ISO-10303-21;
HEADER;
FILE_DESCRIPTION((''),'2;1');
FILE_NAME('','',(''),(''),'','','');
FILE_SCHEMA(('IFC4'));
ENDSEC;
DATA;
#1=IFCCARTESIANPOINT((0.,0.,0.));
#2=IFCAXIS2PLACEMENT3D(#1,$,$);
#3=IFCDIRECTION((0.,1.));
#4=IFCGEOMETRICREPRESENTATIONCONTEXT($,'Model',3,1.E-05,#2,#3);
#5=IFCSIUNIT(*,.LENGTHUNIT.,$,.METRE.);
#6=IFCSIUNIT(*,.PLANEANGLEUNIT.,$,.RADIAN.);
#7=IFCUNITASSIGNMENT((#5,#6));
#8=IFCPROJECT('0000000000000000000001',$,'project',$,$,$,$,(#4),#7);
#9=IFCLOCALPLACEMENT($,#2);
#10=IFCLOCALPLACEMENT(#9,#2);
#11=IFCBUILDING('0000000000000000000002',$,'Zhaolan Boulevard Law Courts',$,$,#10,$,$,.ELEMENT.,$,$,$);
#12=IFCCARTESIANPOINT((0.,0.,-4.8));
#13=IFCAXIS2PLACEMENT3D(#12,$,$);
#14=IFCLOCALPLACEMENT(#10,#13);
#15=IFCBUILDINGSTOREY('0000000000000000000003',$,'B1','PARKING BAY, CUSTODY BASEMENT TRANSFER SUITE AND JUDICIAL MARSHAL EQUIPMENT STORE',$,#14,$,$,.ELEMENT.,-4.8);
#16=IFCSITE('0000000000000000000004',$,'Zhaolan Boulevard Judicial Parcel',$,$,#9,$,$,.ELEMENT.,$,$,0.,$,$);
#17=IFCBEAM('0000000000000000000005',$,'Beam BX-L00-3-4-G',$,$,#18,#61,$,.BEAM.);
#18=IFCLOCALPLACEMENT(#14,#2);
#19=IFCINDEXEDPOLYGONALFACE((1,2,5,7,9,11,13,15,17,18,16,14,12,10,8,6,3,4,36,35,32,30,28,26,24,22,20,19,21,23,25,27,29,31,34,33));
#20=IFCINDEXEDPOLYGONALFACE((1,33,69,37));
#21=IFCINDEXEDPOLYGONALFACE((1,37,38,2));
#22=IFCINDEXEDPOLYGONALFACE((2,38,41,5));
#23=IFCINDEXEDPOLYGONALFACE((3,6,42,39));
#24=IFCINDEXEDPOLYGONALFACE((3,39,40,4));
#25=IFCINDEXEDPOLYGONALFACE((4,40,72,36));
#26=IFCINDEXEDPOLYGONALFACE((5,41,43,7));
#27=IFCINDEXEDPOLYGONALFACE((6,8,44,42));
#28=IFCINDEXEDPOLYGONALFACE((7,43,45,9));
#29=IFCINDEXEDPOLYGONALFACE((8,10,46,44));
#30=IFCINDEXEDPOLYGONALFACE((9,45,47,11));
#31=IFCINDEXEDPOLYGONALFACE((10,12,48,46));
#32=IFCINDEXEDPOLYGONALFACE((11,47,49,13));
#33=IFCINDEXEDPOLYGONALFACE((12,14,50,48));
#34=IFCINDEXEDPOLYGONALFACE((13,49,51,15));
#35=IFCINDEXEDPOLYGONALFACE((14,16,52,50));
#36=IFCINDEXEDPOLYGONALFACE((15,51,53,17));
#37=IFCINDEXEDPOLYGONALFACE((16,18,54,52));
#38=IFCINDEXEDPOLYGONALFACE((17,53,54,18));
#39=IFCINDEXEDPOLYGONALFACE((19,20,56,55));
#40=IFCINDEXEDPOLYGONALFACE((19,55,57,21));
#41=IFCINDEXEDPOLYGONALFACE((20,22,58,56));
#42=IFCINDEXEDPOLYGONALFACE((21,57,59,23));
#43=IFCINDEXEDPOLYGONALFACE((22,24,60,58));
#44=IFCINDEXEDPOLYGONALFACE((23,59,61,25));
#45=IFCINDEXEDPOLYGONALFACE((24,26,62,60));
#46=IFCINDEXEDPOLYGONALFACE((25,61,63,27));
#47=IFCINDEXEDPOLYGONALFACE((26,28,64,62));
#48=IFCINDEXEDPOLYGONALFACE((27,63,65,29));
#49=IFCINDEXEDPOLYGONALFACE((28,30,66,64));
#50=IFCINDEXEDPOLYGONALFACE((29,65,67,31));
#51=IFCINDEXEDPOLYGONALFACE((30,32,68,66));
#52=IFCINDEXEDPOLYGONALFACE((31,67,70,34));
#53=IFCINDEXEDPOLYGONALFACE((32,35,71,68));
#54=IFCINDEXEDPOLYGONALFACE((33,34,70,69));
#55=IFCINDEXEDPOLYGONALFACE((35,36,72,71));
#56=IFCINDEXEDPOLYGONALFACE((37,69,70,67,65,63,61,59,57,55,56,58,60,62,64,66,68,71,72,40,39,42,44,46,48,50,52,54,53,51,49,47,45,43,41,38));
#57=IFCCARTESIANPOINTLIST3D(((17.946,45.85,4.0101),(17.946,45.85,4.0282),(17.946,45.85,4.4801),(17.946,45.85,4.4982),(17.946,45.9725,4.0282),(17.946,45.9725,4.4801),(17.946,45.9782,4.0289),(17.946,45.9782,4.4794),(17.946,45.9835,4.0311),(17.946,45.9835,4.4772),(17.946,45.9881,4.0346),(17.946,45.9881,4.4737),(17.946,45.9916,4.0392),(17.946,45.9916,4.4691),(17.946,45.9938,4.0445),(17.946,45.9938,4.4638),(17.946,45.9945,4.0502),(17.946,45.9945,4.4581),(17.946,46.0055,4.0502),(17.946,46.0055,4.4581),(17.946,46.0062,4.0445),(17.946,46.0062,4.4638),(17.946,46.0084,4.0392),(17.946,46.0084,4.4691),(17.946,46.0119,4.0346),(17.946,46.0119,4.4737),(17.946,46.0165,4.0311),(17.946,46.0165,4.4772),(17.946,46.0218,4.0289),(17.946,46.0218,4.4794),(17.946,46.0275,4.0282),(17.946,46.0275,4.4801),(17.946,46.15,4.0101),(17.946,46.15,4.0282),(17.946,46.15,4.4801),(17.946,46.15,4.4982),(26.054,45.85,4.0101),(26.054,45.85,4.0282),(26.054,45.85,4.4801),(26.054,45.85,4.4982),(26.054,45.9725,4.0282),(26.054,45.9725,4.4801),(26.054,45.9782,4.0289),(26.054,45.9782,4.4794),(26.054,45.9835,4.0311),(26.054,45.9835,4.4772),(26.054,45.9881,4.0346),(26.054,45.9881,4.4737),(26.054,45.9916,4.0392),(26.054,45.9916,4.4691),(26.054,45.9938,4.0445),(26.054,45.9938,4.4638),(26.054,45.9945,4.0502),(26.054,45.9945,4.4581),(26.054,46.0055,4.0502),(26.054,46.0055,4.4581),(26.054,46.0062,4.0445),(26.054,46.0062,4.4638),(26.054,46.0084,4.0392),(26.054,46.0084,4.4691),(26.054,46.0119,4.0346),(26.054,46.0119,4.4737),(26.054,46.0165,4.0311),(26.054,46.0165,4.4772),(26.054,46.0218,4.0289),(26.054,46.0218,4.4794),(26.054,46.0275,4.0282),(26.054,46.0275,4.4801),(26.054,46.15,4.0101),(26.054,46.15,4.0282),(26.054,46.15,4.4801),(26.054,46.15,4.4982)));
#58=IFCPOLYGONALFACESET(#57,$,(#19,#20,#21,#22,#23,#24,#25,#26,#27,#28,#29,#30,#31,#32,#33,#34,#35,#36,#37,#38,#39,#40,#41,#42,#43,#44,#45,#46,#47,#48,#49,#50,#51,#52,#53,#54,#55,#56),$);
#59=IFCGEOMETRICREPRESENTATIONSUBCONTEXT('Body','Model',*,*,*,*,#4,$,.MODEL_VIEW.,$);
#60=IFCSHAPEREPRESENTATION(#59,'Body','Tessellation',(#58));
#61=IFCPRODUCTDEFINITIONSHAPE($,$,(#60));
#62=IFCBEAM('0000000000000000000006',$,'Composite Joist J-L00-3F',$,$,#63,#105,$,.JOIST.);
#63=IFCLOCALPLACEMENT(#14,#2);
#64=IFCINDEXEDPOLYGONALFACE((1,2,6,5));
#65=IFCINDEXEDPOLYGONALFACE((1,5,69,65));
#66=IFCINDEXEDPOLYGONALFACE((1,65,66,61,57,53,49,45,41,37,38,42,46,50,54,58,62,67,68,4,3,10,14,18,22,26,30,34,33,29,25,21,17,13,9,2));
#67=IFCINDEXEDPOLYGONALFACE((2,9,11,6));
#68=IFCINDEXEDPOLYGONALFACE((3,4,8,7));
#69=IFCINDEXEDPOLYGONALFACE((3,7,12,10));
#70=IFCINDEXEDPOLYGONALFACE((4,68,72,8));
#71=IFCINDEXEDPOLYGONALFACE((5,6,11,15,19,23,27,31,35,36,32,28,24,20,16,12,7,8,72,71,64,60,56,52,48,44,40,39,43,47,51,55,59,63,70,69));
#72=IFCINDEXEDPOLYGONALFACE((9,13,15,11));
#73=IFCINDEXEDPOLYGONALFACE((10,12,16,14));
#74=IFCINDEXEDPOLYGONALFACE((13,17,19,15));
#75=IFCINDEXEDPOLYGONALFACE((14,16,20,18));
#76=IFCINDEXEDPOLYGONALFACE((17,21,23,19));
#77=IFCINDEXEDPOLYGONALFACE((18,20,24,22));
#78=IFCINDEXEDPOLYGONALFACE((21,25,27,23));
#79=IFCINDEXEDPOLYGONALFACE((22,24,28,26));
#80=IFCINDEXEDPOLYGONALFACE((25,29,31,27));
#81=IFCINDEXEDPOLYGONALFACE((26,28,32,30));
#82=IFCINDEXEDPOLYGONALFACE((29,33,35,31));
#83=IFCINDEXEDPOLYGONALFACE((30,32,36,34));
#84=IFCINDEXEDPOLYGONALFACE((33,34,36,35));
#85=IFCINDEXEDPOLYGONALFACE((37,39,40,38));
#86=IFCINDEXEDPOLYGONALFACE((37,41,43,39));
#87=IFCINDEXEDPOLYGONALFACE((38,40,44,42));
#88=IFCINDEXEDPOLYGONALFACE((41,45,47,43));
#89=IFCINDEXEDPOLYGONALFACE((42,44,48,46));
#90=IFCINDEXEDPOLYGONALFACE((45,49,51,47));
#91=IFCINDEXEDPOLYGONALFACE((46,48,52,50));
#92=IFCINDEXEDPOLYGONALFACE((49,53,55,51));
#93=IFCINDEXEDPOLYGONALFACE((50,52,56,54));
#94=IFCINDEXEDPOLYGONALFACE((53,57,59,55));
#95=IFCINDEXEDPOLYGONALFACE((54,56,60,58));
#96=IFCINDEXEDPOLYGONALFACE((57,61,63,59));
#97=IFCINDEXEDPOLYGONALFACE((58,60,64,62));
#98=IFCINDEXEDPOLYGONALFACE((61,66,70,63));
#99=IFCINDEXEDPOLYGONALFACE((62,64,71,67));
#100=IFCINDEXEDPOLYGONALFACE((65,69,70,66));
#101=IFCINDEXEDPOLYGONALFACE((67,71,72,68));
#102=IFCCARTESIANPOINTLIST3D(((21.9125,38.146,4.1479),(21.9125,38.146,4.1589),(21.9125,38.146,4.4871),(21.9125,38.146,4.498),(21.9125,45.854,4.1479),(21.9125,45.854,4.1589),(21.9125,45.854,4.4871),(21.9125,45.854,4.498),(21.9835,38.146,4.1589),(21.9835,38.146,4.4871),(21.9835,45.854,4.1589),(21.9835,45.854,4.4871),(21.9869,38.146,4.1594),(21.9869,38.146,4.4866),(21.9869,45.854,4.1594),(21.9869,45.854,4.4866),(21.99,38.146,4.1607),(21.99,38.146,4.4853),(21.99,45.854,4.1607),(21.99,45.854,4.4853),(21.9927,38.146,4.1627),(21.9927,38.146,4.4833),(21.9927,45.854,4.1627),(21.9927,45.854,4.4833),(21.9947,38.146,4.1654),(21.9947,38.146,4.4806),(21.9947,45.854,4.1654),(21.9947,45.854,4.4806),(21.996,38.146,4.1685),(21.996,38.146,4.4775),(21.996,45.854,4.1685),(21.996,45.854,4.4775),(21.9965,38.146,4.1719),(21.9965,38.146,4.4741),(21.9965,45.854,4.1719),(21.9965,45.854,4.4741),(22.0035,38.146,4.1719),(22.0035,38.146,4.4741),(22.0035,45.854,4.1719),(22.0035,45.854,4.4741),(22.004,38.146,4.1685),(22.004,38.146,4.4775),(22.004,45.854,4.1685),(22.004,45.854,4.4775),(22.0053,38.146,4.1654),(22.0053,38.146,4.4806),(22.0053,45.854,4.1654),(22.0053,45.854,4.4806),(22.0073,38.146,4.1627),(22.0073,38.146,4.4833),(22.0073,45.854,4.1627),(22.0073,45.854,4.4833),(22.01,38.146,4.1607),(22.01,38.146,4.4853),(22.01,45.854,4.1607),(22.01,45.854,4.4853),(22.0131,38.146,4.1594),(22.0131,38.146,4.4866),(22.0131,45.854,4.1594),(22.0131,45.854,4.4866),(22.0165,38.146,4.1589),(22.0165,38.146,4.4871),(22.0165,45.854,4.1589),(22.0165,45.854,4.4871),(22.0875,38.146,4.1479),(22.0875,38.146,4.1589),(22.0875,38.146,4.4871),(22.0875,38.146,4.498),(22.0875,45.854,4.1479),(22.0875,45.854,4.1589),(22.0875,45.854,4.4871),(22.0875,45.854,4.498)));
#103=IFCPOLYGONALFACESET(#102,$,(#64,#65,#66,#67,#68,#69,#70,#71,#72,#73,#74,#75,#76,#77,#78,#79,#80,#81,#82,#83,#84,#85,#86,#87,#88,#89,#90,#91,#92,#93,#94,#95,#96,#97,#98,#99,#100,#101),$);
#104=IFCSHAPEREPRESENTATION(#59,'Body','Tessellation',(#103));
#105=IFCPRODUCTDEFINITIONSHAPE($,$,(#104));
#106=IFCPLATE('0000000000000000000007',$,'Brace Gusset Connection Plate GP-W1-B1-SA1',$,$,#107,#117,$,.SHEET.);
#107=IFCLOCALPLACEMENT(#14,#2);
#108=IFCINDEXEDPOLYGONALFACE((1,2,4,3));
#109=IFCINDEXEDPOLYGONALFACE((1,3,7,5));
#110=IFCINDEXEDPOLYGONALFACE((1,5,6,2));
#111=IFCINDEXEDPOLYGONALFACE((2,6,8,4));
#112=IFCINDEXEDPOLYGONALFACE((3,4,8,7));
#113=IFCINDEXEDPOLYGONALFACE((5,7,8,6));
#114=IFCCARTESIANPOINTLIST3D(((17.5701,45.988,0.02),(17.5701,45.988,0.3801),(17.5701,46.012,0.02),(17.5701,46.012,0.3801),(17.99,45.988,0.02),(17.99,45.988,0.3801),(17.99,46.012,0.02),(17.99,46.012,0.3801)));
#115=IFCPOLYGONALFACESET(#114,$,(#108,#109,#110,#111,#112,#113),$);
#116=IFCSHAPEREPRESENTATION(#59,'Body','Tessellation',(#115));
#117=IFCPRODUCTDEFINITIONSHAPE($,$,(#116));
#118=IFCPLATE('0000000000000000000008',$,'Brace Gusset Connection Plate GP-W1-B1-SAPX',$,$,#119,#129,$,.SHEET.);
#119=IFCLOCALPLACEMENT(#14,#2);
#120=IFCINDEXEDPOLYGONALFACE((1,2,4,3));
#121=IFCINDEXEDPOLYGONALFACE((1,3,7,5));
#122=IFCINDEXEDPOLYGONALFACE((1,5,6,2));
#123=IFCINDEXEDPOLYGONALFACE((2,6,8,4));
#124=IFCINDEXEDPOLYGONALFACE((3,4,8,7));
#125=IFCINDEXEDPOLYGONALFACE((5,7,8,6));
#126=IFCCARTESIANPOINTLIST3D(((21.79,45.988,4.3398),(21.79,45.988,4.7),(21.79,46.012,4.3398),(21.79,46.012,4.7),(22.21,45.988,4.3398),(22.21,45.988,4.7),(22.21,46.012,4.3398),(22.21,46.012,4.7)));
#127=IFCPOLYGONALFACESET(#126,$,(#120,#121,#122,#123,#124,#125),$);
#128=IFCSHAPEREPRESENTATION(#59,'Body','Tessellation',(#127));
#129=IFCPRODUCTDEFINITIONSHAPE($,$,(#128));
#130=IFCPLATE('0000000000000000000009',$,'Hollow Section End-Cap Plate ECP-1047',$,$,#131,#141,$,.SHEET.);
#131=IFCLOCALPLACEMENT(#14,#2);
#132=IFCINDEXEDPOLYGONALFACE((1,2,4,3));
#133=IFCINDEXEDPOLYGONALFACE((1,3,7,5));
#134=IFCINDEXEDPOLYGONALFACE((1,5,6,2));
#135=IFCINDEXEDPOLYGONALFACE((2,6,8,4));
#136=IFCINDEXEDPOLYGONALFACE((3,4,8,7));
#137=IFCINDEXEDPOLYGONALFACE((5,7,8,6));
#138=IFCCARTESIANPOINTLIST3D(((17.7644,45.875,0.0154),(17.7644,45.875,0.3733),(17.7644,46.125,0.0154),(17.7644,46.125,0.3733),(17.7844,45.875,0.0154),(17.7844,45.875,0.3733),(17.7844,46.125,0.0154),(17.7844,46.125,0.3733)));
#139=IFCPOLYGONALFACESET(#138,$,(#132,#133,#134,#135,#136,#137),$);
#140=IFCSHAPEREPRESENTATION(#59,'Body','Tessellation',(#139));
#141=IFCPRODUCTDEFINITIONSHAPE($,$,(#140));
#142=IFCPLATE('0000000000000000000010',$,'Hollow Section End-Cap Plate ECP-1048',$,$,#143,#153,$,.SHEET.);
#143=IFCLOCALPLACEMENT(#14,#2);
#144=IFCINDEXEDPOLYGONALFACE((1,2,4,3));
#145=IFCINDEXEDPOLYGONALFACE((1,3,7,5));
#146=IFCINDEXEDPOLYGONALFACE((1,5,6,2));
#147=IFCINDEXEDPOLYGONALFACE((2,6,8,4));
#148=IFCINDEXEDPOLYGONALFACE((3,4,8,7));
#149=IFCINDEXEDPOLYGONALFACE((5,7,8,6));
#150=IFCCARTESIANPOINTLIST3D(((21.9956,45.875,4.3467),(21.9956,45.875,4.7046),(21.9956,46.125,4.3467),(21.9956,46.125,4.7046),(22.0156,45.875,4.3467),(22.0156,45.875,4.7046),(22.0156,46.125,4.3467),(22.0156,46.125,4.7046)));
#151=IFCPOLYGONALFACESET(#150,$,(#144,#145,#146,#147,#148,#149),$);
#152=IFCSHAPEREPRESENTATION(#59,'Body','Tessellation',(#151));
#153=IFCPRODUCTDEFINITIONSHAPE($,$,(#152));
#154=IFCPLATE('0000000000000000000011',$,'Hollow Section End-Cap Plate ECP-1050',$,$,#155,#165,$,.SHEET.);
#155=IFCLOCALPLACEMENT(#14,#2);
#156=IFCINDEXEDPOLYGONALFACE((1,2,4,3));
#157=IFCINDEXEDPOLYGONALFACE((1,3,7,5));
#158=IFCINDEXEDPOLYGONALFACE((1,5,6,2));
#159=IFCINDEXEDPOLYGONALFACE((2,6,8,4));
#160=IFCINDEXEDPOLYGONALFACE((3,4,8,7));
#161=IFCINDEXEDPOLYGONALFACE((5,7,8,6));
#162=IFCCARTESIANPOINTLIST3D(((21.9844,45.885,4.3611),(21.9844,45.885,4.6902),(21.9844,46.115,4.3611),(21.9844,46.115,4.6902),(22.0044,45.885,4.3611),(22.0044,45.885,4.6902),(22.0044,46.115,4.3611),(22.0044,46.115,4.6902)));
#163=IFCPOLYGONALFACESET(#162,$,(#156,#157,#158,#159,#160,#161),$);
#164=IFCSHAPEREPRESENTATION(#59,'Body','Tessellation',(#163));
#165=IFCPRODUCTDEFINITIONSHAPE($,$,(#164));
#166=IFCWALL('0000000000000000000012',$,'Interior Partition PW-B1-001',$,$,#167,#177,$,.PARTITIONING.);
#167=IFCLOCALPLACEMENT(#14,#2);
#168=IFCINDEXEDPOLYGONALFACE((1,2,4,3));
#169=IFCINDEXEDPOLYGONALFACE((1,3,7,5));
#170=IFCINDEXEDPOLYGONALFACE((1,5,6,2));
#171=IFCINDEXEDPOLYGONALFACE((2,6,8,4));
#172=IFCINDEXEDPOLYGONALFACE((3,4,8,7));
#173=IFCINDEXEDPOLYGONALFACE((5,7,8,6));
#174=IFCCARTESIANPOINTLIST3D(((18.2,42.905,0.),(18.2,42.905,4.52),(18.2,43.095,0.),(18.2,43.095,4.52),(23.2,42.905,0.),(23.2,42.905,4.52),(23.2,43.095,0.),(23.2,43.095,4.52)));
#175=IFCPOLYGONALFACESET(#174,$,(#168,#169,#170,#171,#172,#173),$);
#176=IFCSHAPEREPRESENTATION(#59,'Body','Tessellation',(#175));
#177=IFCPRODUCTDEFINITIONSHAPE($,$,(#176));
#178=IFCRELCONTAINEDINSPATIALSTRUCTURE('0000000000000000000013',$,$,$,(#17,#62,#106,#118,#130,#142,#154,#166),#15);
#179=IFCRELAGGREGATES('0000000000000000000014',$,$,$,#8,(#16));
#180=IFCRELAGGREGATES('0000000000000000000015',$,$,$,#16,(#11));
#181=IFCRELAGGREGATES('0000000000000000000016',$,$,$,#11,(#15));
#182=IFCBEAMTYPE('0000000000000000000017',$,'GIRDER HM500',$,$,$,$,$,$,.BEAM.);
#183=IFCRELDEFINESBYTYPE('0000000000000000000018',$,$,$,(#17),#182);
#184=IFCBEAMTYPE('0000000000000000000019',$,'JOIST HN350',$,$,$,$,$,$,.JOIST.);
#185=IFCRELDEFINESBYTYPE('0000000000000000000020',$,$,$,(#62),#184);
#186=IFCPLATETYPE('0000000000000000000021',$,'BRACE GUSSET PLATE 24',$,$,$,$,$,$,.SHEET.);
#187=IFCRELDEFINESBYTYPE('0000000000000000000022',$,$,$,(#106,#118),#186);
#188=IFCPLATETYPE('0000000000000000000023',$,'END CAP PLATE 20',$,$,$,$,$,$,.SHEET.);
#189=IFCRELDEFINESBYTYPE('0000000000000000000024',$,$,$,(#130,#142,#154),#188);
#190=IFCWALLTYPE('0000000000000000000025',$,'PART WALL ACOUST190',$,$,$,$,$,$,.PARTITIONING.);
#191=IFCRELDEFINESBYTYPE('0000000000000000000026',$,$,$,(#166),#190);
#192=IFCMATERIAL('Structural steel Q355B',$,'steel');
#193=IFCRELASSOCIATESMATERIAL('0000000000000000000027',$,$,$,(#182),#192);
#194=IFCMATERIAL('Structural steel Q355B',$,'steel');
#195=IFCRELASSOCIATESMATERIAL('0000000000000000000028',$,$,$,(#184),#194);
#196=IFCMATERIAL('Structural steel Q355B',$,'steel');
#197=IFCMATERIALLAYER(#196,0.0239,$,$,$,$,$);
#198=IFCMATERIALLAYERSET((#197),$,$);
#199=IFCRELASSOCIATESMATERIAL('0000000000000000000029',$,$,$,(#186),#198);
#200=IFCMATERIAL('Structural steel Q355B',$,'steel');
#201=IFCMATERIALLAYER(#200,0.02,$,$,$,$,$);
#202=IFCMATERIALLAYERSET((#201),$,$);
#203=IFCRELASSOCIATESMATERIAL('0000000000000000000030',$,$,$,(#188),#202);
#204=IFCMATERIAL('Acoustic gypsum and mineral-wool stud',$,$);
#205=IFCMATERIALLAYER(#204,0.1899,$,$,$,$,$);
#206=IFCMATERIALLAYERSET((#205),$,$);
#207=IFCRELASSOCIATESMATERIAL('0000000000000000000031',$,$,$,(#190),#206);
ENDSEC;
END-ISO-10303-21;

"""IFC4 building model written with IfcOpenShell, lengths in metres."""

from ifc_helpers import new_model, si_unit, direction, frame, frame_2d, origin, origin_2d, place, context, subcontext, project, spatial, rectangle, i_section, extrude, material, layer, layer_set, material_profile, profile_set, type_object, element, save


model = new_model("IFC4")

# Units and contexts
model_context = context("Model", 3, precision=1e-05, world=origin(), true_north=direction((0.0, 1.0)))
body_context = subcontext(model_context, "Body", "Model", "MODEL_VIEW")
ifc_project = project(units=[si_unit("LENGTHUNIT", "METRE"), si_unit("PLANEANGLEUNIT", "RADIAN")], contexts=[model_context])

# Site, building, storey
site_placement = place(None, origin())
site = spatial("IfcSite", under=ifc_project, at=site_placement, Name="Zhaolan Boulevard Judicial Parcel", CompositionType="ELEMENT", RefElevation=0.0)
building_placement = place(site_placement, origin())
building = spatial("IfcBuilding", under=site, at=building_placement, Name="Zhaolan Boulevard Law Courts", CompositionType="ELEMENT")
storey_placement = place(building_placement, frame((0.0, 0.0, -4.8)))
storey = spatial("IfcBuildingStorey", under=building, at=storey_placement, Name="B1", Description="PARKING BAY, CUSTODY BASEMENT TRANSFER SUITE AND JUDICIAL MARSHAL EQUIPMENT STORE", CompositionType="ELEMENT", Elevation=-4.8)

# Beams
ifc_material_1 = material(Name="Structural steel Q355B", Category="steel")
ifc_material_profile_1 = material_profile(ifc_material_1, i_section(OverallWidth=0.3, OverallDepth=0.488, WebThickness=0.011, FlangeThickness=0.0181, FilletRadius=0.022, at=origin_2d()), Name="HM488x300")
ifc_profile_set_1 = profile_set([ifc_material_profile_1], Name="Structural steel Q355B")
beam_type_1 = type_object("IfcBeamType", Name="GIRDER HM500", PredefinedType="BEAM", material=ifc_profile_set_1)
beam_1_placement = place(storey_placement, frame((17.946, 46.0, 4.2542), z_axis=(1.0, 0.0, 0.0), x_axis=(0.0, 1.0, 0.0)))
element("IfcBeam", 1, at=beam_1_placement, inside=storey, type_object=beam_type_1, Name="Beam BX-L00-3-4-G", PredefinedType="BEAM", context=body_context, shape_type="SweptSolid", body=[
    extrude(i_section(OverallWidth=0.3, OverallDepth=0.488, WebThickness=0.011, FlangeThickness=0.0181, FilletRadius=0.022, at=origin_2d()), origin(), (0.0, 0.0, 1.0), 8.1079),
])
ifc_material_2 = material(Name="Structural steel Q355B", Category="steel")
ifc_material_profile_2 = material_profile(ifc_material_2, i_section(OverallWidth=0.175, OverallDepth=0.3501, WebThickness=0.0071, FlangeThickness=0.011, FilletRadius=0.0129, at=origin_2d()), Name="HN350x175")
ifc_profile_set_2 = profile_set([ifc_material_profile_2], Name="Structural steel Q355B")
beam_type_2 = type_object("IfcBeamType", Name="JOIST HN350", PredefinedType="JOIST", material=ifc_profile_set_2)
beam_2_placement = place(storey_placement, frame((22.0, 38.146, 4.323), z_axis=(0.0, 1.0, 0.0), x_axis=(-1.0, 0.0, 0.0)))
element("IfcBeam", 2, at=beam_2_placement, inside=storey, type_object=beam_type_2, Name="Composite Joist J-L00-3F", PredefinedType="JOIST", context=body_context, shape_type="SweptSolid", body=[
    extrude(i_section(OverallWidth=0.175, OverallDepth=0.3501, WebThickness=0.0071, FlangeThickness=0.011, FilletRadius=0.0129, at=origin_2d()), origin(), (0.0, 0.0, 1.0), 7.708),
])

# Plates
ifc_material_3 = material(Name="Structural steel Q355B", Category="steel")
ifc_layer_1 = layer(ifc_material_3, 0.0239)
ifc_layer_set_1 = layer_set([ifc_layer_1])
plate_type_1 = type_object("IfcPlateType", Name="BRACE GUSSET PLATE 24", PredefinedType="SHEET", material=ifc_layer_set_1)
for number, where, z_axis, x_axis, name in (
    (3, (17.78, 46.0, 0.02), (0.0, 0.0, 1.0), (1.0, 0.0, 0.0), "Brace Gusset Connection Plate GP-W1-B1-SA1"),
    (4, (22.0, 46.0, 4.3398), (0.0, 0.0, 1.0), (1.0, 0.0, 0.0), "Brace Gusset Connection Plate GP-W1-B1-SAPX"),
):
    element("IfcPlate", number, at=place(storey_placement, frame(where, z_axis=z_axis, x_axis=x_axis)), inside=storey, type_object=plate_type_1, Name=name, PredefinedType="SHEET", context=body_context, shape_type="SweptSolid", body=[
        extrude(rectangle(XDim=0.4199, YDim=0.0239, at=origin_2d()), origin(), (0.0, 0.0, 1.0), 0.3601),
    ])
ifc_material_4 = material(Name="Structural steel Q355B", Category="steel")
ifc_layer_2 = layer(ifc_material_4, 0.02)
ifc_layer_set_2 = layer_set([ifc_layer_2])
plate_type_2 = type_object("IfcPlateType", Name="END CAP PLATE 20", PredefinedType="SHEET", material=ifc_layer_set_2)
for number, where, z_axis, x_axis, name in (
    (5, (17.7744, 46.0, 0.0154), (0.0, 0.0, 1.0), (1.0, 0.0, 0.0), "Hollow Section End-Cap Plate ECP-1047"),
    (6, (22.0056, 46.0, 4.3467), (0.0, 0.0, 1.0), (1.0, 0.0, 0.0), "Hollow Section End-Cap Plate ECP-1048"),
):
    element("IfcPlate", number, at=place(storey_placement, frame(where, z_axis=z_axis, x_axis=x_axis)), inside=storey, type_object=plate_type_2, Name=name, PredefinedType="SHEET", context=body_context, shape_type="SweptSolid", body=[
        extrude(rectangle(XDim=0.02, YDim=0.25, at=origin_2d()), origin(), (0.0, 0.0, 1.0), 0.3579),
    ])
plate_placement = place(storey_placement, frame((21.9944, 46.0, 4.3611), z_axis=(0.0, 0.0, 1.0), x_axis=(-1.0, 0.0, 0.0)))
element("IfcPlate", 7, at=plate_placement, inside=storey, type_object=plate_type_2, Name="Hollow Section End-Cap Plate ECP-1050", PredefinedType="SHEET", context=body_context, shape_type="SweptSolid", body=[
    extrude(rectangle(XDim=0.02, YDim=0.23, at=origin_2d()), origin(), (0.0, 0.0, 1.0), 0.3291),
])

# Wall
ifc_material_5 = material(Name="Acoustic gypsum and mineral-wool stud")
ifc_layer_3 = layer(ifc_material_5, 0.1899)
ifc_layer_set_3 = layer_set([ifc_layer_3])
wall_type = type_object("IfcWallType", Name="PART WALL ACOUST190", PredefinedType="PARTITIONING", material=ifc_layer_set_3)
wall_1_placement = place(storey_placement, frame((18.2, 43.0, 0.0), z_axis=(0.0, 0.0, 1.0), x_axis=(1.0, 0.0, 0.0)))
element("IfcWall", 8, at=wall_1_placement, inside=storey, type_object=wall_type, Name="Interior Partition PW-B1-001", PredefinedType="PARTITIONING", context=body_context, shape_type="SweptSolid", body=[
    extrude(rectangle(XDim=5.0, YDim=0.1899, at=frame_2d((2.5, 0.0))), origin(), (0.0, 0.0, 1.0), 4.52),
])

save(model, "model.ifc")
